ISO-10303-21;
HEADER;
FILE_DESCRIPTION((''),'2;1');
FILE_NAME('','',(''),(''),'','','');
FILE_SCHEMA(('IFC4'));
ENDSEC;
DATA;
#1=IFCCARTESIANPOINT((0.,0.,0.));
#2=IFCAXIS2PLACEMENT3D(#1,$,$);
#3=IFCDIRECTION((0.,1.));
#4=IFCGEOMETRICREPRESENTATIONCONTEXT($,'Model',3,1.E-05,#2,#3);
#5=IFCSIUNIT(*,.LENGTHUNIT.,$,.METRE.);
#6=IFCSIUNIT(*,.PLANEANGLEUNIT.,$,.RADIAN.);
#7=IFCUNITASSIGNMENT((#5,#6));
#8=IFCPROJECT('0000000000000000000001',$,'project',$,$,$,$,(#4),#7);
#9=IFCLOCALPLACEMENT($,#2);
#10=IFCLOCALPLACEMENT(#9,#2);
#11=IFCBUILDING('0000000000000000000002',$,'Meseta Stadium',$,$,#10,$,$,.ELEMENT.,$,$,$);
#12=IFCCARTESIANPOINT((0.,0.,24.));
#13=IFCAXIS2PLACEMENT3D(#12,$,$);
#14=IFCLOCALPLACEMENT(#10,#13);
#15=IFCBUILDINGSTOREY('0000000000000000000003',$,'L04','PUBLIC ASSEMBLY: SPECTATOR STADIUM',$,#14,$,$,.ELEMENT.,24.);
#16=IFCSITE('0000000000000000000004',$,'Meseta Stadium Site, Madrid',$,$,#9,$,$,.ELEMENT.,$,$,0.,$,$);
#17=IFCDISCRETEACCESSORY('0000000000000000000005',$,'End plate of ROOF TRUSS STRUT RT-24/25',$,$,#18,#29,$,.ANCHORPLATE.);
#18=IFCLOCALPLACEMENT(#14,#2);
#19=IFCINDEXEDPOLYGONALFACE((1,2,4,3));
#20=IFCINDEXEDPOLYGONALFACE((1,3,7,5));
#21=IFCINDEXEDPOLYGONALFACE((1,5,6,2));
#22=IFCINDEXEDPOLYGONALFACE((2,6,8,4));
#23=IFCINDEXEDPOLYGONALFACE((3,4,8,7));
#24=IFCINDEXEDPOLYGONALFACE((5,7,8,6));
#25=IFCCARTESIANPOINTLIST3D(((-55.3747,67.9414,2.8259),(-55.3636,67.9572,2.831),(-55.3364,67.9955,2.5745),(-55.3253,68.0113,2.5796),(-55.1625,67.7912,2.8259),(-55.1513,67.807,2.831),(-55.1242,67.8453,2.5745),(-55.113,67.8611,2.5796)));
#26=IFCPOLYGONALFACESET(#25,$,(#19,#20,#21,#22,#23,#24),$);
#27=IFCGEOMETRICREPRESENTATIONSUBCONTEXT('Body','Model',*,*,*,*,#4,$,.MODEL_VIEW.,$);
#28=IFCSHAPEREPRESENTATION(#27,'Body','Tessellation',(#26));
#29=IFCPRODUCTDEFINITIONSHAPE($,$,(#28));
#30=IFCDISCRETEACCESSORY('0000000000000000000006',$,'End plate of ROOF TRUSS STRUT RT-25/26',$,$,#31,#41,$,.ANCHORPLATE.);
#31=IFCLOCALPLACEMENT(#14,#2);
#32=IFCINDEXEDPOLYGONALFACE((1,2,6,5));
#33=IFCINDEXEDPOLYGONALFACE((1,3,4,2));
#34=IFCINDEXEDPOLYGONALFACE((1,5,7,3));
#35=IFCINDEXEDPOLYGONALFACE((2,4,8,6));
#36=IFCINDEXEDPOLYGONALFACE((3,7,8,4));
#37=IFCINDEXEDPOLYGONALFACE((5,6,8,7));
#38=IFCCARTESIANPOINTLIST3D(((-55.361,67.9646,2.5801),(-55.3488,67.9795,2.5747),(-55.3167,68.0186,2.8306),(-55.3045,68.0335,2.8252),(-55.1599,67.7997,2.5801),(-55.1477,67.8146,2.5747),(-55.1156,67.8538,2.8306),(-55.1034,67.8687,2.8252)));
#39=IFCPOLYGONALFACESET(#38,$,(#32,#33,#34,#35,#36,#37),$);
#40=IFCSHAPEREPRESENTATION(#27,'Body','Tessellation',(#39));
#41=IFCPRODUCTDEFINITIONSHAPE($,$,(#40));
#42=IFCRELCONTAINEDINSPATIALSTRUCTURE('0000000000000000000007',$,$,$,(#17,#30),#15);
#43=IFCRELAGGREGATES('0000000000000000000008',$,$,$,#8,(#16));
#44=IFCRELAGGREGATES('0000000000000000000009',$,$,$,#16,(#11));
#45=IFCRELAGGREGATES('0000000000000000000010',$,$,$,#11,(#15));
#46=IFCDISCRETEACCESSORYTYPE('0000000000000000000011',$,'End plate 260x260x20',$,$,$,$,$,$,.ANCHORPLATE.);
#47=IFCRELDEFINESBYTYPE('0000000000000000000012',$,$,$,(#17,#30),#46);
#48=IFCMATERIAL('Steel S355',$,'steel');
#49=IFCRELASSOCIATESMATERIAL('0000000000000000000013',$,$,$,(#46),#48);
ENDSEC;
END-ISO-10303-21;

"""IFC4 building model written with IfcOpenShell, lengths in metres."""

from ifc_helpers import new_model, si_unit, direction, frame, origin, origin_2d, place, context, subcontext, project, spatial, rectangle, extrude, material, material_profile, profile_set, type_object, element, save


model = new_model("IFC4")

# Units and contexts
model_context = context("Model", 3, precision=1e-05, world=origin(), true_north=direction((0.0, 1.0)))
body_context = subcontext(model_context, "Body", "Model", "MODEL_VIEW")
ifc_project = project(units=[si_unit("LENGTHUNIT", "METRE"), si_unit("PLANEANGLEUNIT", "RADIAN")], contexts=[model_context])

# Site, building, storey
site_placement = place(None, origin())
site = spatial("IfcSite", under=ifc_project, at=site_placement, Name="Meseta Stadium Site, Madrid", CompositionType="ELEMENT", RefElevation=0.0)
building_placement = place(site_placement, origin())
building = spatial("IfcBuilding", under=site, at=building_placement, Name="Meseta Stadium", CompositionType="ELEMENT")
storey_placement = place(building_placement, frame((0.0, 0.0, 24.0)))
storey = spatial("IfcBuildingStorey", under=building, at=storey_placement, Name="L04", Description="PUBLIC ASSEMBLY: SPECTATOR STADIUM", CompositionType="ELEMENT", Elevation=24.0)

# Discrete accessories
ifc_material_1 = material(Name="Steel S355", Category="steel")
ifc_material_profile_1 = material_profile(ifc_material_1, rectangle(XDim=0.26, YDim=0.26, at=origin_2d()), Name="PL 260x260")
ifc_profile_set_1 = profile_set([ifc_material_profile_1], Name="Steel S355")
discrete_accessory_type_1 = type_object("IfcDiscreteAccessoryType", Name="End plate 260x260x20", PredefinedType="ANCHORPLATE", material=ifc_profile_set_1)
for number, where, z_axis, x_axis, name in (
    (1, (-55.2383, 67.9092, 2.7053), (-0.558572, -0.789286, -0.255), (0.816271, -0.577669, 0.0), "End plate of ROOF TRUSS STRUT RT-24/25"),
    (2, (-55.2261, 67.9241, 2.7), (-0.610619, -0.744956, 0.268673), (0.773392, -0.633928, 0.0), "End plate of ROOF TRUSS STRUT RT-25/26"),
):
    element("IfcDiscreteAccessory", number, at=place(storey_placement, frame(where, z_axis=z_axis, x_axis=x_axis)), inside=storey, type_object=discrete_accessory_type_1, Name=name, PredefinedType="ANCHORPLATE", context=body_context, shape_type="SweptSolid", body=[
        extrude(rectangle(XDim=0.26, YDim=0.26, at=origin_2d()), origin(), (0.0, 0.0, 1.0), 0.02),
    ])

save(model, "model.ifc")
